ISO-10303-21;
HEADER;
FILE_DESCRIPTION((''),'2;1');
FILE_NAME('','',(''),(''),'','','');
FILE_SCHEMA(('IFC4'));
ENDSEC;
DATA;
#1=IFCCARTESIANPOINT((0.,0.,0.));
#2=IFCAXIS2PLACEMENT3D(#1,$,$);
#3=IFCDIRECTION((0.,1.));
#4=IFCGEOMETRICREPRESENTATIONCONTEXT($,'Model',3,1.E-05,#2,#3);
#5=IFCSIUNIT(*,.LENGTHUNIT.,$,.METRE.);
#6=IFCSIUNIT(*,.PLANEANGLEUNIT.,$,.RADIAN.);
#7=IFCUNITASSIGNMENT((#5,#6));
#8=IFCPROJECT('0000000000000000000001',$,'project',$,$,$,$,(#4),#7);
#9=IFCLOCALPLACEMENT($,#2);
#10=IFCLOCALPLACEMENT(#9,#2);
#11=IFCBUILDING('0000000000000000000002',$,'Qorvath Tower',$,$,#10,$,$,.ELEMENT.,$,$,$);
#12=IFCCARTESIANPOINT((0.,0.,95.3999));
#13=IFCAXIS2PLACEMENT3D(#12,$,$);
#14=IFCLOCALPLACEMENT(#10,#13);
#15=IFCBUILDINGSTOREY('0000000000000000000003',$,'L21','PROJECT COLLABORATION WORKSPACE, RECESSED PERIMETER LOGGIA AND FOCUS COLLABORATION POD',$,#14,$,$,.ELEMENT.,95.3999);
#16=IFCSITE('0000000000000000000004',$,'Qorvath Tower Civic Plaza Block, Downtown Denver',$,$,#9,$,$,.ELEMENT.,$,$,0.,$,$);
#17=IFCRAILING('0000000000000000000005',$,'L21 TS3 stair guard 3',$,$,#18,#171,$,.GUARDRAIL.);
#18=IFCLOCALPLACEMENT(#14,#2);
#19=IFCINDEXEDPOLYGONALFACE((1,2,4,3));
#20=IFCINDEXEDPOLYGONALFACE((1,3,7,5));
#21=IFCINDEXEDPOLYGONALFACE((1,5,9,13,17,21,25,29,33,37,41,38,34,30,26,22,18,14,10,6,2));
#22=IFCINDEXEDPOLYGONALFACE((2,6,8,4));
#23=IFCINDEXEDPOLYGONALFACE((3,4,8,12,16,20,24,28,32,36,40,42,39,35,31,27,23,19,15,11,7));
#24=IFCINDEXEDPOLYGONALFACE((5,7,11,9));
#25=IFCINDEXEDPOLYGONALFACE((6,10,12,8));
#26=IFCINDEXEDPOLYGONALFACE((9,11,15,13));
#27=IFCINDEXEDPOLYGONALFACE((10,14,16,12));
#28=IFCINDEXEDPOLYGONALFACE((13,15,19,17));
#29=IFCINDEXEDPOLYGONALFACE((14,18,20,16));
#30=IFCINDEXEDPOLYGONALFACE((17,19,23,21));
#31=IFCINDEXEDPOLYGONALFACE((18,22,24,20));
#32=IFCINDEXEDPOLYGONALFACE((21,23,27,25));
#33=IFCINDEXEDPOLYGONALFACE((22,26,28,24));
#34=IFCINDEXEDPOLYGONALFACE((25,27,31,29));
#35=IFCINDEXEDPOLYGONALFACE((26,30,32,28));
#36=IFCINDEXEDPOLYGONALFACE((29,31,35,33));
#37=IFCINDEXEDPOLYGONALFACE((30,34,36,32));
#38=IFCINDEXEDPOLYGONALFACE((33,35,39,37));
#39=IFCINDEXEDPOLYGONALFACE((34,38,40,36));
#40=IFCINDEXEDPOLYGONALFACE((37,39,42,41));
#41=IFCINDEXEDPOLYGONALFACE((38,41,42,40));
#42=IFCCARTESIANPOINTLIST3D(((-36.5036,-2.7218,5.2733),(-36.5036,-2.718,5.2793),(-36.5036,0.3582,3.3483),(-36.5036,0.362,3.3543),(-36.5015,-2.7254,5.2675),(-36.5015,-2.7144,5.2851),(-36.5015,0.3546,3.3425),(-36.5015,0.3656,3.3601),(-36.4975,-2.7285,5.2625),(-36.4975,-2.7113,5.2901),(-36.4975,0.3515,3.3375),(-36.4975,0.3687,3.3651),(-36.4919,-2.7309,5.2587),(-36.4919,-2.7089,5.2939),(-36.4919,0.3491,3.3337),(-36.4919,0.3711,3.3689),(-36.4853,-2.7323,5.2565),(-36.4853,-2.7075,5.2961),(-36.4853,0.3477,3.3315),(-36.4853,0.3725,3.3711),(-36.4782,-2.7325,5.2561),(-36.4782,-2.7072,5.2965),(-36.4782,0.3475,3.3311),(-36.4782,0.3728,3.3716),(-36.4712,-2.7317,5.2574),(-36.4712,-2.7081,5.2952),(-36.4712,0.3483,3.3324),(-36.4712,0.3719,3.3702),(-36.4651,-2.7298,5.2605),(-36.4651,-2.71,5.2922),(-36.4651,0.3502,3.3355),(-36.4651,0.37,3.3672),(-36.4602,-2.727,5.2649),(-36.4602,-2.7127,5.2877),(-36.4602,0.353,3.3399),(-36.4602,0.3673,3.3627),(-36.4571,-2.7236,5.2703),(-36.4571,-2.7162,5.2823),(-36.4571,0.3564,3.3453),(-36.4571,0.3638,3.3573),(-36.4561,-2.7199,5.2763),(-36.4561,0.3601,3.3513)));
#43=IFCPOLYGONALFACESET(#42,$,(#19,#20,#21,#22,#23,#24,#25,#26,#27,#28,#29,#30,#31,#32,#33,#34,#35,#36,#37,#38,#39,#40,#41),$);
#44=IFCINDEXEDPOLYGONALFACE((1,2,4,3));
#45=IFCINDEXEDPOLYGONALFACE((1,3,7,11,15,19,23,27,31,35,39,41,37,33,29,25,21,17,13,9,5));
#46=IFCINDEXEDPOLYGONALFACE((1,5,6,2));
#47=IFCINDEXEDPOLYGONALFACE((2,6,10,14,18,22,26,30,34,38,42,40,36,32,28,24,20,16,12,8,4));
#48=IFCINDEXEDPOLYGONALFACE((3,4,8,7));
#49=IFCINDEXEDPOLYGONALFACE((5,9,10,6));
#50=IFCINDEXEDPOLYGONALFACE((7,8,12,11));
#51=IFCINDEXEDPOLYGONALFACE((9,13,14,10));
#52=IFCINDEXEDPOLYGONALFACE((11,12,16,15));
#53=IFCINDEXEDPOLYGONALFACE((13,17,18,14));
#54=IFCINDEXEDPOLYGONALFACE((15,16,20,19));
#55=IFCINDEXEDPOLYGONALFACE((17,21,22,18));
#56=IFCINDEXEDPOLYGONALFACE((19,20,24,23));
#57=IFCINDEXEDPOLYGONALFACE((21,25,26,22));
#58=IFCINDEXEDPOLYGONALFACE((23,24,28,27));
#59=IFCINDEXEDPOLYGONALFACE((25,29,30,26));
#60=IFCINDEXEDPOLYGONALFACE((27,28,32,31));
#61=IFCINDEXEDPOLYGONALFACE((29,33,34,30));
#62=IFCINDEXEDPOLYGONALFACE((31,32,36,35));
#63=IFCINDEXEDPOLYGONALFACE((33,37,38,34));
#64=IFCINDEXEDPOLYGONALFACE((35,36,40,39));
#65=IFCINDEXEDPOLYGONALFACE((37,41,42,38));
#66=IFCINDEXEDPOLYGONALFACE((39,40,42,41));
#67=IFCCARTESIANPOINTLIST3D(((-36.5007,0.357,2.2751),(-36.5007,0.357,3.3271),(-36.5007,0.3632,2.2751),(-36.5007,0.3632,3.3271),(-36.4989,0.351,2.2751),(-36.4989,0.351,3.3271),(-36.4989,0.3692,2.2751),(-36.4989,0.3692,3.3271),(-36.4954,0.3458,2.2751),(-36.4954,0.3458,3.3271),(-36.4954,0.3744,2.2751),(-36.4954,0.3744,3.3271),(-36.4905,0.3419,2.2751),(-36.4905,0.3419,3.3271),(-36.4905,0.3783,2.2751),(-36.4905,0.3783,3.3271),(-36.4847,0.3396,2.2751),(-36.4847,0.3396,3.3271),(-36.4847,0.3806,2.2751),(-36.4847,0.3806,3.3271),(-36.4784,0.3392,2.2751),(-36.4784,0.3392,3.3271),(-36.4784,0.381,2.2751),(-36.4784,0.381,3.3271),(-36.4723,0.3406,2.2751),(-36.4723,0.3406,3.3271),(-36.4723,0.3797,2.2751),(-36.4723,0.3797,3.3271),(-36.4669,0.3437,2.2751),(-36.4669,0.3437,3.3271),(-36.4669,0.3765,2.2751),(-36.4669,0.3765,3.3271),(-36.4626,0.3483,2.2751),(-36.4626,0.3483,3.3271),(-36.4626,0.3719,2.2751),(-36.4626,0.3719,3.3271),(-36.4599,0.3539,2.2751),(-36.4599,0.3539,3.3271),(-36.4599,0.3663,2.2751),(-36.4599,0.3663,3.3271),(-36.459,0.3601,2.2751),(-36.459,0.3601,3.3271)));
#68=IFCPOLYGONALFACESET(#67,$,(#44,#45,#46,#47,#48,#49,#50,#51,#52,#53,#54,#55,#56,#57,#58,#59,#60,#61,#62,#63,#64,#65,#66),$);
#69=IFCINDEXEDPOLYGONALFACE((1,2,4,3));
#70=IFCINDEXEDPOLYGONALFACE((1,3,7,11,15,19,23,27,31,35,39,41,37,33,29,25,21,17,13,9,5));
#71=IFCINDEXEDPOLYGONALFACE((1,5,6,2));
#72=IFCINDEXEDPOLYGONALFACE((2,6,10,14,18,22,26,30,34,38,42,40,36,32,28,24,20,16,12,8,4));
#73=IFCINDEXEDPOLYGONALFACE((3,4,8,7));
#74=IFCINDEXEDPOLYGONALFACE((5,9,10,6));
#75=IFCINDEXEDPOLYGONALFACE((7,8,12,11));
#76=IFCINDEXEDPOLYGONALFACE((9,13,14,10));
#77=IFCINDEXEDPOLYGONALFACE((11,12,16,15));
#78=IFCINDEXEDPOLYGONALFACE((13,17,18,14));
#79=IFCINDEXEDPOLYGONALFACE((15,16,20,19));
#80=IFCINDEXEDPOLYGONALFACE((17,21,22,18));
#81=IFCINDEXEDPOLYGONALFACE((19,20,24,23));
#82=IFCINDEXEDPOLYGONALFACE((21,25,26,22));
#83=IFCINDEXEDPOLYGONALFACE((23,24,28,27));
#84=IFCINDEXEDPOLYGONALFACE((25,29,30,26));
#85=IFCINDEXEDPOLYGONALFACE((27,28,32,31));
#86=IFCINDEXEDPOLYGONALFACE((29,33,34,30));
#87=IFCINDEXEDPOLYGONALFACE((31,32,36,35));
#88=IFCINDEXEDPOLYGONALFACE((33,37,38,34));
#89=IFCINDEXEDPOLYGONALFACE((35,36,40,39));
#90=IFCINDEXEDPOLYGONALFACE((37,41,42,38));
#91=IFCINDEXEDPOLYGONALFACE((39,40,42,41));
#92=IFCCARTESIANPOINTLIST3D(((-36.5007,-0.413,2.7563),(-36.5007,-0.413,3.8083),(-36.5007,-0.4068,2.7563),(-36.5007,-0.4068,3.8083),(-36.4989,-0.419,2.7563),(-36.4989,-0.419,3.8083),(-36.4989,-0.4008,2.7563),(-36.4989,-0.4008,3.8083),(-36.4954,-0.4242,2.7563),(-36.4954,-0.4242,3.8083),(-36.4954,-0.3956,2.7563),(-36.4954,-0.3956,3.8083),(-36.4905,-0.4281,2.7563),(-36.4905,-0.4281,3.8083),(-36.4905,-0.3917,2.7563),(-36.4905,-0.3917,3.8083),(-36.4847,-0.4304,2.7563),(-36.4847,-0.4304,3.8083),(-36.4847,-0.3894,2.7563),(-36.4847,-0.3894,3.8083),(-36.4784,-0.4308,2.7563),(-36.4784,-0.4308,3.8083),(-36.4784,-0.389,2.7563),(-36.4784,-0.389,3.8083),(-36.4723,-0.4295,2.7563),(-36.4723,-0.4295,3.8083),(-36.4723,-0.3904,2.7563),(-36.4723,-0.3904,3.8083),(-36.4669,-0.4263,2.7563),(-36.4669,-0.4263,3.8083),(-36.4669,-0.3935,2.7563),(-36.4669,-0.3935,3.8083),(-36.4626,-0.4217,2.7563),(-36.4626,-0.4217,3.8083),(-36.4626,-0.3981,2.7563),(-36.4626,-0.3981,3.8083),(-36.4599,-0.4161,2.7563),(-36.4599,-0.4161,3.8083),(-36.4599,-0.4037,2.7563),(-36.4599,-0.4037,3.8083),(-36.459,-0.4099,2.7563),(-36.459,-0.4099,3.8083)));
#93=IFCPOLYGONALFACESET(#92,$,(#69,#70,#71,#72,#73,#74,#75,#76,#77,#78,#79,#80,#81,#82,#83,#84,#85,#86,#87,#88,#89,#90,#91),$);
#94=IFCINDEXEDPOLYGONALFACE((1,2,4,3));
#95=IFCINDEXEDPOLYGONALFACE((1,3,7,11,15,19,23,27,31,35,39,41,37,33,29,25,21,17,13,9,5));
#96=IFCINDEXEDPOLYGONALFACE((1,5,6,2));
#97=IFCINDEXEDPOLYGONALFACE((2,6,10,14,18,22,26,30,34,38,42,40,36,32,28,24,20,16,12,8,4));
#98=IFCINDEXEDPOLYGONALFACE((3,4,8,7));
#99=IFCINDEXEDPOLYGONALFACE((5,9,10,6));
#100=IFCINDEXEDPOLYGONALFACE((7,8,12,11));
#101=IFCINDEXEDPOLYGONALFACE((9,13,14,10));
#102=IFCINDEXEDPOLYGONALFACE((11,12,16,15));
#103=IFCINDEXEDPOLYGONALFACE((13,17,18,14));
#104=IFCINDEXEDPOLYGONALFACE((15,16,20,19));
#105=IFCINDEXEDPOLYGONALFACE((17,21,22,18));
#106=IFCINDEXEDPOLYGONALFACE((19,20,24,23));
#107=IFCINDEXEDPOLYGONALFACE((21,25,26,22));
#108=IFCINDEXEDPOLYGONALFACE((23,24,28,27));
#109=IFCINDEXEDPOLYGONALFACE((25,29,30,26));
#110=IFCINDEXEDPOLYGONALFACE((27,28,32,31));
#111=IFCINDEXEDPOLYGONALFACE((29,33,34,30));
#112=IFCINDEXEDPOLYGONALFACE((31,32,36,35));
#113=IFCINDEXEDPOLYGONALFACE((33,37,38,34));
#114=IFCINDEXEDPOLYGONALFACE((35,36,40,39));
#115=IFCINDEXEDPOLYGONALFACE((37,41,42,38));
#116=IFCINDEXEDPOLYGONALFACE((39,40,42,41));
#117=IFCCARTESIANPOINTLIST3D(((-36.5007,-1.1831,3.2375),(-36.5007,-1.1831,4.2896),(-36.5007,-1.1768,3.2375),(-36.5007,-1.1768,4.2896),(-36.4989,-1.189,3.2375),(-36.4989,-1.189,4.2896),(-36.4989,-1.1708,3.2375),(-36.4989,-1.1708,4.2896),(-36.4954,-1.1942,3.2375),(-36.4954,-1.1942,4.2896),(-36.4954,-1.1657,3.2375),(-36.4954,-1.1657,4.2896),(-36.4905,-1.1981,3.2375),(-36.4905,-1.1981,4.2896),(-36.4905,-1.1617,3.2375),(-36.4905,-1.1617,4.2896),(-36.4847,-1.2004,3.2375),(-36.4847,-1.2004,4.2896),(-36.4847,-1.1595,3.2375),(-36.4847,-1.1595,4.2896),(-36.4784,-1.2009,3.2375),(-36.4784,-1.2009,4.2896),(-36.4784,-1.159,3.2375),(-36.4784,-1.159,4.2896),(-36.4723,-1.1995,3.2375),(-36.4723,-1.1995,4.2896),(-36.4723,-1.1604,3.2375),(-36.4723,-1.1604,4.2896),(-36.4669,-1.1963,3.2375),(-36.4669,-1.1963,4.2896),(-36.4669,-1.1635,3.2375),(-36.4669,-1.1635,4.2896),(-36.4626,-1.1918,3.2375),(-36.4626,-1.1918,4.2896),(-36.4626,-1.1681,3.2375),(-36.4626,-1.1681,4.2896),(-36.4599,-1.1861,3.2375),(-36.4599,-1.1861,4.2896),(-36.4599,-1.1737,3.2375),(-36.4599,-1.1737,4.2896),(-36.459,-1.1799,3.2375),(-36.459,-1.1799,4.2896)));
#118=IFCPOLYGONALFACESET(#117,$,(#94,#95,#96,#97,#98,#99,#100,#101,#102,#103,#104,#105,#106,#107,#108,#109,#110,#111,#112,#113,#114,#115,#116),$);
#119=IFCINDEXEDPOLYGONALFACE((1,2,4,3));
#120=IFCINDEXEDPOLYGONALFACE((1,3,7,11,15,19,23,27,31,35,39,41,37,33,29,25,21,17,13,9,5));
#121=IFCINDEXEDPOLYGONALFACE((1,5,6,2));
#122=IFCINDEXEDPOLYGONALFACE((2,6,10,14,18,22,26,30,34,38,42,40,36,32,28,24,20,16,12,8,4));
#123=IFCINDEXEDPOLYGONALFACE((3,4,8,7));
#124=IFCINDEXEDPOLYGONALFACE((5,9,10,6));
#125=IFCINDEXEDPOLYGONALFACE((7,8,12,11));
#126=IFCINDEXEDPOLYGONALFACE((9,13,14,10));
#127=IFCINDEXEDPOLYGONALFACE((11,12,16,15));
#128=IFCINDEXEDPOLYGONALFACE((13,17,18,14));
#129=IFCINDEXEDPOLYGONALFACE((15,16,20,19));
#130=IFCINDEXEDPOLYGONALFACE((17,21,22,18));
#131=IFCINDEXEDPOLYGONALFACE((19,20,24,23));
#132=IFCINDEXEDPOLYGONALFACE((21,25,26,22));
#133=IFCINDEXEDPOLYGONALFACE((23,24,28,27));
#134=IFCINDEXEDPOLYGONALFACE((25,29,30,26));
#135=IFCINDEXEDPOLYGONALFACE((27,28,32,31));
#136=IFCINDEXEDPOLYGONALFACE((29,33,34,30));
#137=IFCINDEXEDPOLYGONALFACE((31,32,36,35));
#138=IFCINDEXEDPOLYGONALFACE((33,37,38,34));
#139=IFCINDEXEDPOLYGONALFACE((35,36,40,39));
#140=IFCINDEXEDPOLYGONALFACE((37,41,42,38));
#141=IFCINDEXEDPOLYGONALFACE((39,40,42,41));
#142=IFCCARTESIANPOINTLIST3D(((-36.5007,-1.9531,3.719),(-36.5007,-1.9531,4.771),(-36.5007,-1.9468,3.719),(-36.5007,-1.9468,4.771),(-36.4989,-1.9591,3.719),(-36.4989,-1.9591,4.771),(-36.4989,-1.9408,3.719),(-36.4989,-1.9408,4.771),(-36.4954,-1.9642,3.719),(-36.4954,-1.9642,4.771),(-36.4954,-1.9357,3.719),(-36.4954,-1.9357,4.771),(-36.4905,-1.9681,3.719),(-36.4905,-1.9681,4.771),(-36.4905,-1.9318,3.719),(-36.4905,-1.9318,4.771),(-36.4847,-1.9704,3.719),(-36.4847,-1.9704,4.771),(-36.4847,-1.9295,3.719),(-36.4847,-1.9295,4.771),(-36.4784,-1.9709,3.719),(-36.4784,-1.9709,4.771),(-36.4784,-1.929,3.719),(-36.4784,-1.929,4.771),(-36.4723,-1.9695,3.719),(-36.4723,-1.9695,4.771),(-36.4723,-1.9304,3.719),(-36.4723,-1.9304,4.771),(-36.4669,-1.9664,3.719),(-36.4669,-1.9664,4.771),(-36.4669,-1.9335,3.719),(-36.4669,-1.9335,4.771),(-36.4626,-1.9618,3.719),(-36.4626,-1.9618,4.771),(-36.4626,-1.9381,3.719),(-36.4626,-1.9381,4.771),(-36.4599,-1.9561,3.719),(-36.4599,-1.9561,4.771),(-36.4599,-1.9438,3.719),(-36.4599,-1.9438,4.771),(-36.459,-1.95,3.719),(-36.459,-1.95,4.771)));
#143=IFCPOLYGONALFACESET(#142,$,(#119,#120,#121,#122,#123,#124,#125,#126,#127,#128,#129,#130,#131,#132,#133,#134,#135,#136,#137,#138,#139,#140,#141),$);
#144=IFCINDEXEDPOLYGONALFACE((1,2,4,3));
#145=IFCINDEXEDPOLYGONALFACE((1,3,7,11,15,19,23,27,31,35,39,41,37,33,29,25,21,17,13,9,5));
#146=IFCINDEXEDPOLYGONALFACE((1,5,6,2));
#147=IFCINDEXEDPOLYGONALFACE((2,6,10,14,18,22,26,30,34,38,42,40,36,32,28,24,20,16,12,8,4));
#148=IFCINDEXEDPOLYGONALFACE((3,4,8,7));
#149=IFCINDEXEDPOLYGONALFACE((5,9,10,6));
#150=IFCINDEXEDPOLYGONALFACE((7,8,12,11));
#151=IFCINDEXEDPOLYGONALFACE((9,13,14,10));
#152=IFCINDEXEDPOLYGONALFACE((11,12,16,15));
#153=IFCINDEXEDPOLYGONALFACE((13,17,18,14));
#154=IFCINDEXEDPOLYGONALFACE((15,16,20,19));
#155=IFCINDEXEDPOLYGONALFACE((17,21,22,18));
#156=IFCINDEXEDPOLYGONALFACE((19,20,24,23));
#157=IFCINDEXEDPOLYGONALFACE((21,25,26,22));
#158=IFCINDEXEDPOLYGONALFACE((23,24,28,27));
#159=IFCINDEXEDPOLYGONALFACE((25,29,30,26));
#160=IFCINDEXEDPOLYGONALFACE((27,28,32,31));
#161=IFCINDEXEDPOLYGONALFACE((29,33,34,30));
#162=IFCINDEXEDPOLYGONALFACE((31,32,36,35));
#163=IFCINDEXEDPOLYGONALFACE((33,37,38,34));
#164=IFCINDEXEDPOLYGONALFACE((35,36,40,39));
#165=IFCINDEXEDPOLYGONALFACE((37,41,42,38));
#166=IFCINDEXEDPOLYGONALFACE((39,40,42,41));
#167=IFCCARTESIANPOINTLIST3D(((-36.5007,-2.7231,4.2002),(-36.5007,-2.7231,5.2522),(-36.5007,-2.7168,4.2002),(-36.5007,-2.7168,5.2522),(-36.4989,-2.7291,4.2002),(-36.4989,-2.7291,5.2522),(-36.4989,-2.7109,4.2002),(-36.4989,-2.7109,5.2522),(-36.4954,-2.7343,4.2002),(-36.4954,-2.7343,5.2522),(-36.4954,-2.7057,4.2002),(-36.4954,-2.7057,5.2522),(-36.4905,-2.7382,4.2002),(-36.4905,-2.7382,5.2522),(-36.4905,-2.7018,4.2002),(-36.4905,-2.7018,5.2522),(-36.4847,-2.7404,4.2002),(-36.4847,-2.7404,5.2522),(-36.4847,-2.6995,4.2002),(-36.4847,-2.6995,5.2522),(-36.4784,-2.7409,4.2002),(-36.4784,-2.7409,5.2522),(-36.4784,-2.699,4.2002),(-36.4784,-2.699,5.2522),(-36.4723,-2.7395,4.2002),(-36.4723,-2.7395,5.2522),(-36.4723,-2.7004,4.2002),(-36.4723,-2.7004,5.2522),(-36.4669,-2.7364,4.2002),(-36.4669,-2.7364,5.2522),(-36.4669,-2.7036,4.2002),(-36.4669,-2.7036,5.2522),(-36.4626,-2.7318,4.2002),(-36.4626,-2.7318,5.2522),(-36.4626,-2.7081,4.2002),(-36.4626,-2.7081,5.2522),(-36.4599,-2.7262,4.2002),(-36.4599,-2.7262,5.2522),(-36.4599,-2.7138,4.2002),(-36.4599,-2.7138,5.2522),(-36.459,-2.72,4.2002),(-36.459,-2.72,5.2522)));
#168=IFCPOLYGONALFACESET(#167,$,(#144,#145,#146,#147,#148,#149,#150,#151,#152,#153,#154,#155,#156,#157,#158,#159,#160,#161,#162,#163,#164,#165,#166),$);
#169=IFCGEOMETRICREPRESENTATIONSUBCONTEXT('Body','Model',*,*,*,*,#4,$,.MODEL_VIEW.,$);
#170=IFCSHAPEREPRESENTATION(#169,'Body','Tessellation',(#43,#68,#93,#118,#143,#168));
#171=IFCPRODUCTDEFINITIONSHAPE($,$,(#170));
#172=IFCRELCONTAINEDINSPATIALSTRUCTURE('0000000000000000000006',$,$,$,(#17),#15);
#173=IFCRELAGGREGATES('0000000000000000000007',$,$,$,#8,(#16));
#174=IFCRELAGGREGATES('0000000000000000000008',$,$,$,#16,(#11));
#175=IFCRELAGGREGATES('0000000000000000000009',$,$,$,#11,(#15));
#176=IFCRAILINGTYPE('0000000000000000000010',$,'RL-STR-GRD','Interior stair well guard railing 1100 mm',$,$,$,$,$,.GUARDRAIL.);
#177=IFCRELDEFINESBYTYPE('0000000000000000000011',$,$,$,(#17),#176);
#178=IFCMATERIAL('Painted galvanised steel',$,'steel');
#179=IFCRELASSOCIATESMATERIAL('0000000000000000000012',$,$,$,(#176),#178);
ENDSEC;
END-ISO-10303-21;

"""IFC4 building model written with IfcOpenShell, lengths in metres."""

from ifc_helpers import new_model, si_unit, direction, frame, origin, origin_2d, place, context, subcontext, project, spatial, circle, extrude, material, type_object, element, save


model = new_model("IFC4")

# Units and contexts
model_context = context("Model", 3, precision=1e-05, world=origin(), true_north=direction((0.0, 1.0)))
body_context = subcontext(model_context, "Body", "Model", "MODEL_VIEW")
ifc_project = project(units=[si_unit("LENGTHUNIT", "METRE"), si_unit("PLANEANGLEUNIT", "RADIAN")], contexts=[model_context])

# Site, building, storey
site_placement = place(None, origin())
site = spatial("IfcSite", under=ifc_project, at=site_placement, Name="Qorvath Tower Civic Plaza Block, Downtown Denver", CompositionType="ELEMENT", RefElevation=0.0)
building_placement = place(site_placement, origin())
building = spatial("IfcBuilding", under=site, at=building_placement, Name="Qorvath Tower", CompositionType="ELEMENT")
storey_placement = place(building_placement, frame((0.0, 0.0, 95.3999)))
storey = spatial("IfcBuildingStorey", under=building, at=storey_placement, Name="L21", Description="PROJECT COLLABORATION WORKSPACE, RECESSED PERIMETER LOGGIA AND FOCUS COLLABORATION POD", CompositionType="ELEMENT", Elevation=95.3999)

# Railing
ifc_material_1 = material(Name="Painted galvanised steel", Category="steel")
railing_type_1 = type_object("IfcRailingType", Name="RL-STR-GRD", Description="Interior stair well guard railing 1100 mm", PredefinedType="GUARDRAIL", material=ifc_material_1)
railing_1_placement = place(storey_placement, frame((-36.48, 0.3601, 2.2751)))
element("IfcRailing", 1, at=railing_1_placement, inside=storey, type_object=railing_type_1, Name="L21 TS3 stair guard 3", PredefinedType="GUARDRAIL", context=body_context, shape_type="SweptSolid", body=[
    extrude(circle(Radius=0.0239, at=origin_2d()), frame((0.0, 0.0, 1.0762), z_axis=(0.0, -0.847998, 0.529999), x_axis=(1.0, 0.0, 0.0)), (0.0, 0.0, 1.0), 3.6321),
    extrude(circle(Radius=0.021, at=origin_2d()), origin(), (0.0, 0.0, 1.0), 1.052),
    extrude(circle(Radius=0.021, at=origin_2d()), frame((0.0, -0.77, 0.4812)), (0.0, 0.0, 1.0), 1.052),
    extrude(circle(Radius=0.021, at=origin_2d()), frame((0.0, -1.54, 0.9624)), (0.0, 0.0, 1.0), 1.052),
    extrude(circle(Radius=0.021, at=origin_2d()), frame((0.0, -2.3101, 1.4438)), (0.0, 0.0, 1.0), 1.052),
    extrude(circle(Radius=0.021, at=origin_2d()), frame((0.0, -3.0801, 1.925)), (0.0, 0.0, 1.0), 1.052),
])

save(model, "model.ifc")
